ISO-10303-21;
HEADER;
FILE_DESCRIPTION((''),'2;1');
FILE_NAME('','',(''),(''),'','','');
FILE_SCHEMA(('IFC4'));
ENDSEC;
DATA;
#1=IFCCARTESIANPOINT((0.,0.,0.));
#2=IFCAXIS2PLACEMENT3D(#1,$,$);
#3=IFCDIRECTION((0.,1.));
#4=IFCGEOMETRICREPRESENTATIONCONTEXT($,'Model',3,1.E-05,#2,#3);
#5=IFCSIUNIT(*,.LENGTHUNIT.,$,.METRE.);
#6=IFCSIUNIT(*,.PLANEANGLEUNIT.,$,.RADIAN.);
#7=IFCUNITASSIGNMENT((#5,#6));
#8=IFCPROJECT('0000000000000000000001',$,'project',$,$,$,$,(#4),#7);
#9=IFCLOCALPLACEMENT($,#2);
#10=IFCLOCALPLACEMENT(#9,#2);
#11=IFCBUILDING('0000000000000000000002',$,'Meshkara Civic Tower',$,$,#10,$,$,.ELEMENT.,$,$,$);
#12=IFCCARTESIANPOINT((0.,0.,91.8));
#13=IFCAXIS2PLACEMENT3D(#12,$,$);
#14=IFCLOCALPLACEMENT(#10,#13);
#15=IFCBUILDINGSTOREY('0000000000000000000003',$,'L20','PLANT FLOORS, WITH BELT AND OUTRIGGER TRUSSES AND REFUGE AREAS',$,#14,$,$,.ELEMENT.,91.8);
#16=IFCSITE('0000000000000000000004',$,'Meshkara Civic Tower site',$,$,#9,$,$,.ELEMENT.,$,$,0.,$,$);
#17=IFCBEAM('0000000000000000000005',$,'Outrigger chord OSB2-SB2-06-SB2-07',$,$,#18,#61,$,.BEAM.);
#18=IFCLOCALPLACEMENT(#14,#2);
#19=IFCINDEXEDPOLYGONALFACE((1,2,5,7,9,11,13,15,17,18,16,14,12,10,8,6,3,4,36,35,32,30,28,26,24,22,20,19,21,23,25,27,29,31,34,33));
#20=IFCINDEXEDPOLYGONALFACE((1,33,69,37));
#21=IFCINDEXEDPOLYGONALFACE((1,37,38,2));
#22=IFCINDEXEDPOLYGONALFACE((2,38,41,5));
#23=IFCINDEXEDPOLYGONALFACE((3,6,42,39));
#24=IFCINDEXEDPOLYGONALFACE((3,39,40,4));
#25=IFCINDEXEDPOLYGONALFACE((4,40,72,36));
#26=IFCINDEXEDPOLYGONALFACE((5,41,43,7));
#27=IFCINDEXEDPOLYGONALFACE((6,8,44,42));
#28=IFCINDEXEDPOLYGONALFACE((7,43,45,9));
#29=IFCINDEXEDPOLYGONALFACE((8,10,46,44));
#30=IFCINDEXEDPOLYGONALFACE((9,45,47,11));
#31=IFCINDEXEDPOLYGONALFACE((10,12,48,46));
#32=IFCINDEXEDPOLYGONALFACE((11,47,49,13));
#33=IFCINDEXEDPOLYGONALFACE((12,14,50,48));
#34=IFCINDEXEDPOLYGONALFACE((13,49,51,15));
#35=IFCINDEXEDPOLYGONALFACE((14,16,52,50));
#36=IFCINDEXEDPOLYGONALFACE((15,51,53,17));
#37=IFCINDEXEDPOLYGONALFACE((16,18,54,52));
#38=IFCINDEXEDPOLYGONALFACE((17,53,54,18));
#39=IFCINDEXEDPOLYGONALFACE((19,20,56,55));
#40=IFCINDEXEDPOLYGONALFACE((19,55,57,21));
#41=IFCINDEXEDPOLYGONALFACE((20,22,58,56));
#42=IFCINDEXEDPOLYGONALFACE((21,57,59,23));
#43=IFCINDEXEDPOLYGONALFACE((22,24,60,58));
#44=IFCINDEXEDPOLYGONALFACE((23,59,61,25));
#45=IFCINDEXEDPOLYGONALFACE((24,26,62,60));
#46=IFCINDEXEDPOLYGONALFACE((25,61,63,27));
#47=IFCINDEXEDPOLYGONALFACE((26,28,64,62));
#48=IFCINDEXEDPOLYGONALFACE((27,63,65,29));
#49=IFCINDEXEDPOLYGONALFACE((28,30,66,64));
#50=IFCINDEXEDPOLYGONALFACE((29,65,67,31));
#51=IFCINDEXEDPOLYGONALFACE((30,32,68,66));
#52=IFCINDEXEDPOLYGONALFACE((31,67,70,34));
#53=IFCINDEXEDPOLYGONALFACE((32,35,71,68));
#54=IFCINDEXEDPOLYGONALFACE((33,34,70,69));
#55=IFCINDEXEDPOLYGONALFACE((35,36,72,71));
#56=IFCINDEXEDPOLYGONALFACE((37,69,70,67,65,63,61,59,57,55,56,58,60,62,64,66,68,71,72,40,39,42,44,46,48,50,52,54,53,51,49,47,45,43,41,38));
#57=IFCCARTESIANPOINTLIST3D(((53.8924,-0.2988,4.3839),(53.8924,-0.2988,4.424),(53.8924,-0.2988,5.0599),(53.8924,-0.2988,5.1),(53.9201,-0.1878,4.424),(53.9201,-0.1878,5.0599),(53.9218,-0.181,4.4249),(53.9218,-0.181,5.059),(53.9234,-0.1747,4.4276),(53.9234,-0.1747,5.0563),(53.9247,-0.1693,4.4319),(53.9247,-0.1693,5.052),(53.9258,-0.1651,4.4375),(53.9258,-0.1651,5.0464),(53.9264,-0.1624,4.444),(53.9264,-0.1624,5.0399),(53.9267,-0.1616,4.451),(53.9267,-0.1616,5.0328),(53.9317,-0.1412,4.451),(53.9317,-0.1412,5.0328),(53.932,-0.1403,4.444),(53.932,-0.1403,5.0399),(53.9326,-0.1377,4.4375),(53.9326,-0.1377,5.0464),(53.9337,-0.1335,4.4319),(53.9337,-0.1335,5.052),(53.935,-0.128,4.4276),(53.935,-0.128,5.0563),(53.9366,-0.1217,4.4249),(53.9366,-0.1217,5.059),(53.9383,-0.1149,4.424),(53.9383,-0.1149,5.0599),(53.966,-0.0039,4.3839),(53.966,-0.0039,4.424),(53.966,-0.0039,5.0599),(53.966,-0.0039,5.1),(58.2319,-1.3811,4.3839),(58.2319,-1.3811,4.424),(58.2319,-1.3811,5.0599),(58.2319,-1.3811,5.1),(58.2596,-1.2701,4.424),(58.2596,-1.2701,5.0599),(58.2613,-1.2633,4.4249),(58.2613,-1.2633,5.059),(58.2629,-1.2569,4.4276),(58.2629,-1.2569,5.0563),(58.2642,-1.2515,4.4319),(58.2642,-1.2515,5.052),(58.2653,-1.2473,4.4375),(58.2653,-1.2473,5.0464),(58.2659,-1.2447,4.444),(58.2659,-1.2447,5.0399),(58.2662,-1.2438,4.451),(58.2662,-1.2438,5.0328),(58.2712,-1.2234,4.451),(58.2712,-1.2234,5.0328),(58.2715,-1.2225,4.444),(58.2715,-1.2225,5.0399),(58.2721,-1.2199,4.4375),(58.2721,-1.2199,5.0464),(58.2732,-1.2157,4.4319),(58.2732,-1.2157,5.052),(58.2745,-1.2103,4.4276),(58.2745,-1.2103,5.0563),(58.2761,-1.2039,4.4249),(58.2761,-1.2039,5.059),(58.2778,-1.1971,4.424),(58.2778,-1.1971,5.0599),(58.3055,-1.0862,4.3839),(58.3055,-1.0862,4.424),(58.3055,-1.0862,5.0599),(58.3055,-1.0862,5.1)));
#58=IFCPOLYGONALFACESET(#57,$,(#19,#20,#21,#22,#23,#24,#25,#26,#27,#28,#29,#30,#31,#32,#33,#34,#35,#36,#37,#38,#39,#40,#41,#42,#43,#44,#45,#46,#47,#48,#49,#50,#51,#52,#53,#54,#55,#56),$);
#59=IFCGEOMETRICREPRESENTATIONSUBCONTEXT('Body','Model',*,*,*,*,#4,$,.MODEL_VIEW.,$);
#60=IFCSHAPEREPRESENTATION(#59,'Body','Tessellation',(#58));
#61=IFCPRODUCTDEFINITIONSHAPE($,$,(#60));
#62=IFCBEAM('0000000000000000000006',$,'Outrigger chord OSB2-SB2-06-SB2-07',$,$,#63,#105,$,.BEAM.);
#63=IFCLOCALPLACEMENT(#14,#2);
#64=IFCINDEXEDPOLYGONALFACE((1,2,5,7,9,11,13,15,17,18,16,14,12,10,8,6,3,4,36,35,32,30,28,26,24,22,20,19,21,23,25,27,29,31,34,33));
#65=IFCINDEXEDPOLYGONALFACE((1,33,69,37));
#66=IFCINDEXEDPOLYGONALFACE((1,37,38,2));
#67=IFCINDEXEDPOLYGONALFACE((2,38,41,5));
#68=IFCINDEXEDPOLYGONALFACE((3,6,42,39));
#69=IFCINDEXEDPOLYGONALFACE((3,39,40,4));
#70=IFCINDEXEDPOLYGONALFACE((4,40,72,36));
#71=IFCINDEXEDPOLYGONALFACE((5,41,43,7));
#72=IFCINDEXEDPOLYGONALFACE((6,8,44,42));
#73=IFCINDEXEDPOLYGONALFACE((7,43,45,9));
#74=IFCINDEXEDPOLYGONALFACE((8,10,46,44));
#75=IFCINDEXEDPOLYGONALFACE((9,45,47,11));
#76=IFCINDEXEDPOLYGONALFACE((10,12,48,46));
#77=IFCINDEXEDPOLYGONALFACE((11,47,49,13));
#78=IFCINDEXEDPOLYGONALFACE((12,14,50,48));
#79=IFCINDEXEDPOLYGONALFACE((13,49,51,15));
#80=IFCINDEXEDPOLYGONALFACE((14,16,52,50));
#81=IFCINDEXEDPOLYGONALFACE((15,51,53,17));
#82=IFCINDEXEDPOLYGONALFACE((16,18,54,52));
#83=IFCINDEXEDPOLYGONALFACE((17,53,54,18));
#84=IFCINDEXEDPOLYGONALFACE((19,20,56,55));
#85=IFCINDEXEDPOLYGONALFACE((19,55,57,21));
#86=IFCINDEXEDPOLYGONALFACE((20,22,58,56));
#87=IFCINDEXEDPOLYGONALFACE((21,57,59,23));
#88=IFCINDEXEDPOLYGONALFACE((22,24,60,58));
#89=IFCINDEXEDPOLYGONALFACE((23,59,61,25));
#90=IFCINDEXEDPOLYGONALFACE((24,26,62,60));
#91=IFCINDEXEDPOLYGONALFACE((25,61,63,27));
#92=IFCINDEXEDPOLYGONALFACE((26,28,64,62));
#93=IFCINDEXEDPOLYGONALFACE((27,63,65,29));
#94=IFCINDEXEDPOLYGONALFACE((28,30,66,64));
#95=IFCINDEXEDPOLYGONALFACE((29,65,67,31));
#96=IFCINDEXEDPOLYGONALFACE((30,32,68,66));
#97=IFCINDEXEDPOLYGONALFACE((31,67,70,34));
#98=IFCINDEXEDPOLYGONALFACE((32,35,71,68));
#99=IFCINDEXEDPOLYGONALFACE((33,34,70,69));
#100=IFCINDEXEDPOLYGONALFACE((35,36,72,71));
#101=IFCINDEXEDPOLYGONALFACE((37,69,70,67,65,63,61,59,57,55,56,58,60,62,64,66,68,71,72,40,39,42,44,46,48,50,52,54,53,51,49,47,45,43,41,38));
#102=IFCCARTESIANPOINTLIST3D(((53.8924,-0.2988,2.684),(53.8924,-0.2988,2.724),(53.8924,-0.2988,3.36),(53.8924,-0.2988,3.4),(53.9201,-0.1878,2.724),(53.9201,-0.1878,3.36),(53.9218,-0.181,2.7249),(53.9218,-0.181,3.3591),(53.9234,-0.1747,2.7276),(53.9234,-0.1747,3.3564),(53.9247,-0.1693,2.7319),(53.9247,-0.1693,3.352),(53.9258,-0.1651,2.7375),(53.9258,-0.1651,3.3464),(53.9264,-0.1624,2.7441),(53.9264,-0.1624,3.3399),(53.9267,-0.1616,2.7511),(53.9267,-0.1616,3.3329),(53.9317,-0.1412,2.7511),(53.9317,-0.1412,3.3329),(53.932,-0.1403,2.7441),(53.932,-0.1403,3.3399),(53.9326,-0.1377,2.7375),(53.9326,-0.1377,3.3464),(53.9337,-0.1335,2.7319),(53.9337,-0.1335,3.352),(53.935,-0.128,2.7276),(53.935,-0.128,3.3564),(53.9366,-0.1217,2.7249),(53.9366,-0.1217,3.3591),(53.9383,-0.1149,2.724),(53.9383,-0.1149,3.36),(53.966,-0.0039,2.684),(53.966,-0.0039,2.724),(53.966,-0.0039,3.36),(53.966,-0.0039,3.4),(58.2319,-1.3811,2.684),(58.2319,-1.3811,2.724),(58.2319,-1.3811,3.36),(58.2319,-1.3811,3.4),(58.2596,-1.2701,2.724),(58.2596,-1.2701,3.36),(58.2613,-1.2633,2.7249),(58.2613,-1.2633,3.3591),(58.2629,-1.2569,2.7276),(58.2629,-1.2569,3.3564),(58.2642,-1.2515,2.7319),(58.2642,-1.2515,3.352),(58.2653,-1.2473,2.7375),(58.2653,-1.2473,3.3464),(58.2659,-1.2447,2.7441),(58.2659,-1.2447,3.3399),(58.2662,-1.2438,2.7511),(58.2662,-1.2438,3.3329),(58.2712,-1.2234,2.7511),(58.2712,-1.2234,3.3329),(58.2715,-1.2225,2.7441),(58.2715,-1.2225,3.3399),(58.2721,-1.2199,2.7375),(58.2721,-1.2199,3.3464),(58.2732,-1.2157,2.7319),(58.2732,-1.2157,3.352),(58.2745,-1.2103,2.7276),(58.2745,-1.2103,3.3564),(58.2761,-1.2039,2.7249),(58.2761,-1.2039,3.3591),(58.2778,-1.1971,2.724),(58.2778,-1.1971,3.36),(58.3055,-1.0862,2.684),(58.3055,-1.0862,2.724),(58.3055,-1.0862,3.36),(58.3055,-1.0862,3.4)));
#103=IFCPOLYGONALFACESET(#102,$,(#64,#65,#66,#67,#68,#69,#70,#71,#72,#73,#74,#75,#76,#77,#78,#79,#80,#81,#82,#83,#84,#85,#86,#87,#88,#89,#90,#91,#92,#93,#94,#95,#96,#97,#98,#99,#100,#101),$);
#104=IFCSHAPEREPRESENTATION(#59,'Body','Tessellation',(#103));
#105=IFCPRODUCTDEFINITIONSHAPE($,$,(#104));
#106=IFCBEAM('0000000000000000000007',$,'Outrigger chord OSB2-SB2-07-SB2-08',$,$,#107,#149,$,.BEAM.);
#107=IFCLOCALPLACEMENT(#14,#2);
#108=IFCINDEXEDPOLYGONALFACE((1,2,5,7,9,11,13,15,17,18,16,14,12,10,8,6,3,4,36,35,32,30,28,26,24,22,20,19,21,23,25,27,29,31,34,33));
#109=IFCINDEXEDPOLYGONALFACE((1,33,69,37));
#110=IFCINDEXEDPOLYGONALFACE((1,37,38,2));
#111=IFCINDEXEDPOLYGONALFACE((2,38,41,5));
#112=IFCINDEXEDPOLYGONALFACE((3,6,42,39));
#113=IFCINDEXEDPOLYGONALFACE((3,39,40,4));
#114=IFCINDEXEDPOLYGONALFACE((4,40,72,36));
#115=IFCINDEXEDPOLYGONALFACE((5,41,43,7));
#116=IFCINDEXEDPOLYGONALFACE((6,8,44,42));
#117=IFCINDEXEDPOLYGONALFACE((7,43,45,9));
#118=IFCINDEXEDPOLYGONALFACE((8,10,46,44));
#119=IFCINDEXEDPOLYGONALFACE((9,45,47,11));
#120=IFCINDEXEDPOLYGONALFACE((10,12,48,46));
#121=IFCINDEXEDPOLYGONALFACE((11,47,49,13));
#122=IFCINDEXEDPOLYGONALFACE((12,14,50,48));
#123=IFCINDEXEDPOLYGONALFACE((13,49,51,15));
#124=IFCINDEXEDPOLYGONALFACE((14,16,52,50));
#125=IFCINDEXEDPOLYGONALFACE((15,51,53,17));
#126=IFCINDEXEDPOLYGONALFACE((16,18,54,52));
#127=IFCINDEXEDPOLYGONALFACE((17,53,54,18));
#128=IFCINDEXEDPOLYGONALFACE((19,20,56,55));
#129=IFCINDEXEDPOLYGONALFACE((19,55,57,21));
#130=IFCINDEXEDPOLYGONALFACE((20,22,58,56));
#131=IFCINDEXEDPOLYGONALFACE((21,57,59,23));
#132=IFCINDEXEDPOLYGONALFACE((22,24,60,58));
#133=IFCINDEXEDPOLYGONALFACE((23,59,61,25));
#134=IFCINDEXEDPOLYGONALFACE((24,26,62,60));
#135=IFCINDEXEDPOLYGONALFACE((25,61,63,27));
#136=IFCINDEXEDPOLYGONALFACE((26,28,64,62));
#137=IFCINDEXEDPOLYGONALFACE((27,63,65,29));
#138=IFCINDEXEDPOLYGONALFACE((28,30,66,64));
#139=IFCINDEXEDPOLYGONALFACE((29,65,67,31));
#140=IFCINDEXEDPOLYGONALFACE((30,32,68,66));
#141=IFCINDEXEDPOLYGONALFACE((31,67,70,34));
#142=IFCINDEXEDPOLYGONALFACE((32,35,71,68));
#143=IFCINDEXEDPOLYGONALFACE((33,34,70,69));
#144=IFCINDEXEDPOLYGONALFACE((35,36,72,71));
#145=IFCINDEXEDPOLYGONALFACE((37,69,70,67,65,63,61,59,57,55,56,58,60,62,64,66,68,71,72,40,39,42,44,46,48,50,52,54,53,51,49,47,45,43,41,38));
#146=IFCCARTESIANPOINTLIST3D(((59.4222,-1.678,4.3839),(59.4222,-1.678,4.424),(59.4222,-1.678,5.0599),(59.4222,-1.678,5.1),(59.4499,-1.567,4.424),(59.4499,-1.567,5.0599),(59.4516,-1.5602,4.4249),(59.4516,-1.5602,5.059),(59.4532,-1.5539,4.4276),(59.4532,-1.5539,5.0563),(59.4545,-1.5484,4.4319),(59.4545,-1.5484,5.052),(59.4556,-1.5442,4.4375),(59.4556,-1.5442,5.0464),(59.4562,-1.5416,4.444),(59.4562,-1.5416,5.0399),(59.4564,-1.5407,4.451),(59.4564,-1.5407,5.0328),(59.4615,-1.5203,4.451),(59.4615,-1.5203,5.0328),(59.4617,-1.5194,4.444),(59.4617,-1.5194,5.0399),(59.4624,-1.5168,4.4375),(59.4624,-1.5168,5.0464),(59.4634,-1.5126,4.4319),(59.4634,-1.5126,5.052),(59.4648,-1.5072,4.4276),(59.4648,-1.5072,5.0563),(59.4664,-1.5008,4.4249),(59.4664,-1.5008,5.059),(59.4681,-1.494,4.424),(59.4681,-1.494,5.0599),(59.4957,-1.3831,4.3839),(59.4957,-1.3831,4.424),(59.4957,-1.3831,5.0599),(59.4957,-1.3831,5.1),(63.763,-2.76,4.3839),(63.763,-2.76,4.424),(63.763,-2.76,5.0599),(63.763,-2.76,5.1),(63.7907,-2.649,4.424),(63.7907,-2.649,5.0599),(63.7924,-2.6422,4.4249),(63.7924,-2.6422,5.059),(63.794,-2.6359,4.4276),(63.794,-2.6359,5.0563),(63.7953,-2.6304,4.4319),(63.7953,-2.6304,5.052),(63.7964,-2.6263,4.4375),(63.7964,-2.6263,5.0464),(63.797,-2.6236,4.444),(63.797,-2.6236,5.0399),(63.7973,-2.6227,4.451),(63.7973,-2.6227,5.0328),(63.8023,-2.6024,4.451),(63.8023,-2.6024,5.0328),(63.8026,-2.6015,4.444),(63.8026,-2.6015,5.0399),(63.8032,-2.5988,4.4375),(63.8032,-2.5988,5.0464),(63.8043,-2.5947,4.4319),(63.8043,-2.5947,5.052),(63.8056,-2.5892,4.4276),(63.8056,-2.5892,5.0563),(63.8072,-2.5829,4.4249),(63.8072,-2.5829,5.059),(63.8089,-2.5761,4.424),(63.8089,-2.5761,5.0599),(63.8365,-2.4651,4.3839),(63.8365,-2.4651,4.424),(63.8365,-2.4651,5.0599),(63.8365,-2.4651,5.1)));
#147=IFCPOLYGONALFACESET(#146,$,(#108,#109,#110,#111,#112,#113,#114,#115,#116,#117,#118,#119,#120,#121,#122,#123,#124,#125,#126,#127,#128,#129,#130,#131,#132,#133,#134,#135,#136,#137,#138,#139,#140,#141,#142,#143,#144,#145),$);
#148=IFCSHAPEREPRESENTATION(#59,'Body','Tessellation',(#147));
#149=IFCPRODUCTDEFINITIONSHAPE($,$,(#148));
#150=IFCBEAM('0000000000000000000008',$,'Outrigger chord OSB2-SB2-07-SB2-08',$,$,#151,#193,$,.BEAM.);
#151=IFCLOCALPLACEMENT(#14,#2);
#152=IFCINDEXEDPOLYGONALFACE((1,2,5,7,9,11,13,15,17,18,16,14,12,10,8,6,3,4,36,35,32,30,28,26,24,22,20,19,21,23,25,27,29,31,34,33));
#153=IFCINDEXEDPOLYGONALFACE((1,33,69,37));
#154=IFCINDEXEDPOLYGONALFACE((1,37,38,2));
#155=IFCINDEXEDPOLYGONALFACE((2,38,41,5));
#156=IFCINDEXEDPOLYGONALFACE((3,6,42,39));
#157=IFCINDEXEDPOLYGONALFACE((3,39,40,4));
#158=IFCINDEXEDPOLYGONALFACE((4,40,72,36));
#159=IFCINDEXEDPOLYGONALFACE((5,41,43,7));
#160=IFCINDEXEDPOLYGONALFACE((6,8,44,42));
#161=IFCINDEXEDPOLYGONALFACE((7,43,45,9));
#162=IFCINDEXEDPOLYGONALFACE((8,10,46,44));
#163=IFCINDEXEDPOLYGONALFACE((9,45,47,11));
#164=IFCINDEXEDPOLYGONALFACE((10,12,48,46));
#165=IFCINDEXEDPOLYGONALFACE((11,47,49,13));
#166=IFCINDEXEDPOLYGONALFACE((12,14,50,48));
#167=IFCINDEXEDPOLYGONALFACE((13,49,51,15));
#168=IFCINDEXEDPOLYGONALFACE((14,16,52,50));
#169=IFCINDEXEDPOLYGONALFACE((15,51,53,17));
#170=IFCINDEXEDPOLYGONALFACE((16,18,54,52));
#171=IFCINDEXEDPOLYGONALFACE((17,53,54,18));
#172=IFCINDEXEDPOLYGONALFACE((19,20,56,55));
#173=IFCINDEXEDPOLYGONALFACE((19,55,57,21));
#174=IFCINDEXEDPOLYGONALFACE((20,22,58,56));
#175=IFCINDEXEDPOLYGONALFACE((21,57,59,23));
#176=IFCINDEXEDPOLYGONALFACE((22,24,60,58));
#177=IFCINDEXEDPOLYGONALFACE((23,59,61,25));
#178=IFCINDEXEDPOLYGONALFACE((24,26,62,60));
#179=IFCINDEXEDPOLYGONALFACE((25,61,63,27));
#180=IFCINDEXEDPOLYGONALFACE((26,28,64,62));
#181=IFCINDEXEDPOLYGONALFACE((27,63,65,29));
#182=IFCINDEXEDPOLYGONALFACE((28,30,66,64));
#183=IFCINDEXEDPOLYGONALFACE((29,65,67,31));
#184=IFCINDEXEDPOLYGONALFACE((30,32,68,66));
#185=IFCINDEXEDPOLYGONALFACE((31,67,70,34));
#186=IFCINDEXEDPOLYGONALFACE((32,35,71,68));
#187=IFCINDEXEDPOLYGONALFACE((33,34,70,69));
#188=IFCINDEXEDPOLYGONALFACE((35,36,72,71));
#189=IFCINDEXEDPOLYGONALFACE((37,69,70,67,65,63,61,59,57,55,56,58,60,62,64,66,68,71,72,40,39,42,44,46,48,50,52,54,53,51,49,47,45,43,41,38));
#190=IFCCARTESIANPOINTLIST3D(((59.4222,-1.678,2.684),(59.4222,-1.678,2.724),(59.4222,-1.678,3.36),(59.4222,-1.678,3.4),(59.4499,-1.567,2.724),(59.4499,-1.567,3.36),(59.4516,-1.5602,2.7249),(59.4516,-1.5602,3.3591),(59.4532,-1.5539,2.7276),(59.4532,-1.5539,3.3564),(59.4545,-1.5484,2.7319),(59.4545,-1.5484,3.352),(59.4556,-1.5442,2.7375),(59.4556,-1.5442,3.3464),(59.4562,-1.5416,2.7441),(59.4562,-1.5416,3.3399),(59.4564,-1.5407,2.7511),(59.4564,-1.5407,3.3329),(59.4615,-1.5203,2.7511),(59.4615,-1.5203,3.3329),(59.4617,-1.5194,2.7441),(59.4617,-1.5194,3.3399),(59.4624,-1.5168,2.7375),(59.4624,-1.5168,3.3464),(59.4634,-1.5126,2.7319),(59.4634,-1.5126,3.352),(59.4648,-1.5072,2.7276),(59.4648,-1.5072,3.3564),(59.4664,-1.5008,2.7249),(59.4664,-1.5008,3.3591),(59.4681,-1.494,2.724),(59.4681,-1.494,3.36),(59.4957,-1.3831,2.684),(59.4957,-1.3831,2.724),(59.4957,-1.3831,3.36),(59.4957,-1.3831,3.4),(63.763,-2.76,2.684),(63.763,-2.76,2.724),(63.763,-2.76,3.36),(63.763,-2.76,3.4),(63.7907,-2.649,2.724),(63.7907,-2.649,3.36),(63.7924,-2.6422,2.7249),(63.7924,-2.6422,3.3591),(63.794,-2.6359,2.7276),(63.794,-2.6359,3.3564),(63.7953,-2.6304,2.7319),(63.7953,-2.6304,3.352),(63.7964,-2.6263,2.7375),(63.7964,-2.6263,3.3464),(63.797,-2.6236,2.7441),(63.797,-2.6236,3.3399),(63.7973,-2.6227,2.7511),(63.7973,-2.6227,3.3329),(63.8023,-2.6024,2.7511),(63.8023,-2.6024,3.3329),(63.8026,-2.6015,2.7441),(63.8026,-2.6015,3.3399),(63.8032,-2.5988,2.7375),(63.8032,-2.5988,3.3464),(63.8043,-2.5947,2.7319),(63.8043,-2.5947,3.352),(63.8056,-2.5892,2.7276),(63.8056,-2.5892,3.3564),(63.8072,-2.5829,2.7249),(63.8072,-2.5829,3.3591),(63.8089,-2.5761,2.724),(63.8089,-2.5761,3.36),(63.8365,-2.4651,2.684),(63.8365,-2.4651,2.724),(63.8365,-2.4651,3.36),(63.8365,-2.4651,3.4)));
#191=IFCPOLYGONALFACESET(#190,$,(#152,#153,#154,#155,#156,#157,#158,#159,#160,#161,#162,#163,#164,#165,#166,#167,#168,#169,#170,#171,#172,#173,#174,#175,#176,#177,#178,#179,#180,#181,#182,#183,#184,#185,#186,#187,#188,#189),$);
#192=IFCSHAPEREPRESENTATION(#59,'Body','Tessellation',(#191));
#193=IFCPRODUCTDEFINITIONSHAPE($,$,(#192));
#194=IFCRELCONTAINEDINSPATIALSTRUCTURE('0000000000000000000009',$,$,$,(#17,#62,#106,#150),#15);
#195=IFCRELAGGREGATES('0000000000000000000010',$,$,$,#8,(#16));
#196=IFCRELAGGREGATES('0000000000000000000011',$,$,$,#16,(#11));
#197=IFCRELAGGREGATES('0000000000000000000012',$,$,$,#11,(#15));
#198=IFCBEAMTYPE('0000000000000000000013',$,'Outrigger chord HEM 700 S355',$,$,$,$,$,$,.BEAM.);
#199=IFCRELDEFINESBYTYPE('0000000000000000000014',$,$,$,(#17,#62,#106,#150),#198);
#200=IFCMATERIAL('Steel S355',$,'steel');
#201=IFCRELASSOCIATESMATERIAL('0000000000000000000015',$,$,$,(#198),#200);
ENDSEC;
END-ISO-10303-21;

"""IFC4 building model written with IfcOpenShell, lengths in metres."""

from ifc_helpers import new_model, si_unit, direction, frame, origin, origin_2d, place, context, subcontext, project, spatial, i_section, extrude, material, material_profile, profile_set, type_object, element, save


model = new_model("IFC4")

# Units and contexts
model_context = context("Model", 3, precision=1e-05, world=origin(), true_north=direction((0.0, 1.0)))
body_context = subcontext(model_context, "Body", "Model", "MODEL_VIEW")
ifc_project = project(units=[si_unit("LENGTHUNIT", "METRE"), si_unit("PLANEANGLEUNIT", "RADIAN")], contexts=[model_context])

# Site, building, storey
site_placement = place(None, origin())
site = spatial("IfcSite", under=ifc_project, at=site_placement, Name="Meshkara Civic Tower site", CompositionType="ELEMENT", RefElevation=0.0)
building_placement = place(site_placement, origin())
building = spatial("IfcBuilding", under=site, at=building_placement, Name="Meshkara Civic Tower", CompositionType="ELEMENT")
storey_placement = place(building_placement, frame((0.0, 0.0, 91.8)))
storey = spatial("IfcBuildingStorey", under=building, at=storey_placement, Name="L20", Description="PLANT FLOORS, WITH BELT AND OUTRIGGER TRUSSES AND REFUGE AREAS", CompositionType="ELEMENT", Elevation=91.8)

# Beams
ifc_material_1 = material(Name="Steel S355", Category="steel")
ifc_material_profile_1 = material_profile(ifc_material_1, i_section(OverallWidth=0.304, OverallDepth=0.7161, WebThickness=0.021, FlangeThickness=0.04, FilletRadius=0.0271, at=origin_2d()))
ifc_profile_set_1 = profile_set([ifc_material_profile_1], Name="Steel S355")
beam_type_1 = type_object("IfcBeamType", Name="Outrigger chord HEM 700 S355", PredefinedType="BEAM", material=ifc_profile_set_1)
for number, where, z_axis, x_axis, name in (
    (1, (53.9292, -0.1514, 4.7419), (0.97028, -0.241983, 0.0), (0.241983, 0.97028, 0.0), "Outrigger chord OSB2-SB2-06-SB2-07"),
    (2, (53.9292, -0.1514, 3.042), (0.97028, -0.241983, 0.0), (0.241983, 0.97028, 0.0), "Outrigger chord OSB2-SB2-06-SB2-07"),
):
    element("IfcBeam", number, at=place(storey_placement, frame(where, z_axis=z_axis, x_axis=x_axis)), inside=storey, type_object=beam_type_1, Name=name, PredefinedType="BEAM", context=body_context, shape_type="SweptSolid", body=[
        extrude(i_section(OverallWidth=0.304, OverallDepth=0.7161, WebThickness=0.021, FlangeThickness=0.04, FilletRadius=0.0271, at=origin_2d()), origin(), (0.0, 0.0, 1.0), 4.4724),
    ])
for number, where, z_axis, x_axis, name in (
    (3, (59.459, -1.5305, 4.7419), (0.970309, -0.241868, 0.0), (0.241868, 0.970309, 0.0), "Outrigger chord OSB2-SB2-07-SB2-08"),
    (4, (59.459, -1.5305, 3.042), (0.970309, -0.241868, 0.0), (0.241868, 0.970309, 0.0), "Outrigger chord OSB2-SB2-07-SB2-08"),
):
    element("IfcBeam", number, at=place(storey_placement, frame(where, z_axis=z_axis, x_axis=x_axis)), inside=storey, type_object=beam_type_1, Name=name, PredefinedType="BEAM", context=body_context, shape_type="SweptSolid", body=[
        extrude(i_section(OverallWidth=0.304, OverallDepth=0.7161, WebThickness=0.021, FlangeThickness=0.04, FilletRadius=0.0271, at=origin_2d()), origin(), (0.0, 0.0, 1.0), 4.4736),
    ])

save(model, "model.ifc")
